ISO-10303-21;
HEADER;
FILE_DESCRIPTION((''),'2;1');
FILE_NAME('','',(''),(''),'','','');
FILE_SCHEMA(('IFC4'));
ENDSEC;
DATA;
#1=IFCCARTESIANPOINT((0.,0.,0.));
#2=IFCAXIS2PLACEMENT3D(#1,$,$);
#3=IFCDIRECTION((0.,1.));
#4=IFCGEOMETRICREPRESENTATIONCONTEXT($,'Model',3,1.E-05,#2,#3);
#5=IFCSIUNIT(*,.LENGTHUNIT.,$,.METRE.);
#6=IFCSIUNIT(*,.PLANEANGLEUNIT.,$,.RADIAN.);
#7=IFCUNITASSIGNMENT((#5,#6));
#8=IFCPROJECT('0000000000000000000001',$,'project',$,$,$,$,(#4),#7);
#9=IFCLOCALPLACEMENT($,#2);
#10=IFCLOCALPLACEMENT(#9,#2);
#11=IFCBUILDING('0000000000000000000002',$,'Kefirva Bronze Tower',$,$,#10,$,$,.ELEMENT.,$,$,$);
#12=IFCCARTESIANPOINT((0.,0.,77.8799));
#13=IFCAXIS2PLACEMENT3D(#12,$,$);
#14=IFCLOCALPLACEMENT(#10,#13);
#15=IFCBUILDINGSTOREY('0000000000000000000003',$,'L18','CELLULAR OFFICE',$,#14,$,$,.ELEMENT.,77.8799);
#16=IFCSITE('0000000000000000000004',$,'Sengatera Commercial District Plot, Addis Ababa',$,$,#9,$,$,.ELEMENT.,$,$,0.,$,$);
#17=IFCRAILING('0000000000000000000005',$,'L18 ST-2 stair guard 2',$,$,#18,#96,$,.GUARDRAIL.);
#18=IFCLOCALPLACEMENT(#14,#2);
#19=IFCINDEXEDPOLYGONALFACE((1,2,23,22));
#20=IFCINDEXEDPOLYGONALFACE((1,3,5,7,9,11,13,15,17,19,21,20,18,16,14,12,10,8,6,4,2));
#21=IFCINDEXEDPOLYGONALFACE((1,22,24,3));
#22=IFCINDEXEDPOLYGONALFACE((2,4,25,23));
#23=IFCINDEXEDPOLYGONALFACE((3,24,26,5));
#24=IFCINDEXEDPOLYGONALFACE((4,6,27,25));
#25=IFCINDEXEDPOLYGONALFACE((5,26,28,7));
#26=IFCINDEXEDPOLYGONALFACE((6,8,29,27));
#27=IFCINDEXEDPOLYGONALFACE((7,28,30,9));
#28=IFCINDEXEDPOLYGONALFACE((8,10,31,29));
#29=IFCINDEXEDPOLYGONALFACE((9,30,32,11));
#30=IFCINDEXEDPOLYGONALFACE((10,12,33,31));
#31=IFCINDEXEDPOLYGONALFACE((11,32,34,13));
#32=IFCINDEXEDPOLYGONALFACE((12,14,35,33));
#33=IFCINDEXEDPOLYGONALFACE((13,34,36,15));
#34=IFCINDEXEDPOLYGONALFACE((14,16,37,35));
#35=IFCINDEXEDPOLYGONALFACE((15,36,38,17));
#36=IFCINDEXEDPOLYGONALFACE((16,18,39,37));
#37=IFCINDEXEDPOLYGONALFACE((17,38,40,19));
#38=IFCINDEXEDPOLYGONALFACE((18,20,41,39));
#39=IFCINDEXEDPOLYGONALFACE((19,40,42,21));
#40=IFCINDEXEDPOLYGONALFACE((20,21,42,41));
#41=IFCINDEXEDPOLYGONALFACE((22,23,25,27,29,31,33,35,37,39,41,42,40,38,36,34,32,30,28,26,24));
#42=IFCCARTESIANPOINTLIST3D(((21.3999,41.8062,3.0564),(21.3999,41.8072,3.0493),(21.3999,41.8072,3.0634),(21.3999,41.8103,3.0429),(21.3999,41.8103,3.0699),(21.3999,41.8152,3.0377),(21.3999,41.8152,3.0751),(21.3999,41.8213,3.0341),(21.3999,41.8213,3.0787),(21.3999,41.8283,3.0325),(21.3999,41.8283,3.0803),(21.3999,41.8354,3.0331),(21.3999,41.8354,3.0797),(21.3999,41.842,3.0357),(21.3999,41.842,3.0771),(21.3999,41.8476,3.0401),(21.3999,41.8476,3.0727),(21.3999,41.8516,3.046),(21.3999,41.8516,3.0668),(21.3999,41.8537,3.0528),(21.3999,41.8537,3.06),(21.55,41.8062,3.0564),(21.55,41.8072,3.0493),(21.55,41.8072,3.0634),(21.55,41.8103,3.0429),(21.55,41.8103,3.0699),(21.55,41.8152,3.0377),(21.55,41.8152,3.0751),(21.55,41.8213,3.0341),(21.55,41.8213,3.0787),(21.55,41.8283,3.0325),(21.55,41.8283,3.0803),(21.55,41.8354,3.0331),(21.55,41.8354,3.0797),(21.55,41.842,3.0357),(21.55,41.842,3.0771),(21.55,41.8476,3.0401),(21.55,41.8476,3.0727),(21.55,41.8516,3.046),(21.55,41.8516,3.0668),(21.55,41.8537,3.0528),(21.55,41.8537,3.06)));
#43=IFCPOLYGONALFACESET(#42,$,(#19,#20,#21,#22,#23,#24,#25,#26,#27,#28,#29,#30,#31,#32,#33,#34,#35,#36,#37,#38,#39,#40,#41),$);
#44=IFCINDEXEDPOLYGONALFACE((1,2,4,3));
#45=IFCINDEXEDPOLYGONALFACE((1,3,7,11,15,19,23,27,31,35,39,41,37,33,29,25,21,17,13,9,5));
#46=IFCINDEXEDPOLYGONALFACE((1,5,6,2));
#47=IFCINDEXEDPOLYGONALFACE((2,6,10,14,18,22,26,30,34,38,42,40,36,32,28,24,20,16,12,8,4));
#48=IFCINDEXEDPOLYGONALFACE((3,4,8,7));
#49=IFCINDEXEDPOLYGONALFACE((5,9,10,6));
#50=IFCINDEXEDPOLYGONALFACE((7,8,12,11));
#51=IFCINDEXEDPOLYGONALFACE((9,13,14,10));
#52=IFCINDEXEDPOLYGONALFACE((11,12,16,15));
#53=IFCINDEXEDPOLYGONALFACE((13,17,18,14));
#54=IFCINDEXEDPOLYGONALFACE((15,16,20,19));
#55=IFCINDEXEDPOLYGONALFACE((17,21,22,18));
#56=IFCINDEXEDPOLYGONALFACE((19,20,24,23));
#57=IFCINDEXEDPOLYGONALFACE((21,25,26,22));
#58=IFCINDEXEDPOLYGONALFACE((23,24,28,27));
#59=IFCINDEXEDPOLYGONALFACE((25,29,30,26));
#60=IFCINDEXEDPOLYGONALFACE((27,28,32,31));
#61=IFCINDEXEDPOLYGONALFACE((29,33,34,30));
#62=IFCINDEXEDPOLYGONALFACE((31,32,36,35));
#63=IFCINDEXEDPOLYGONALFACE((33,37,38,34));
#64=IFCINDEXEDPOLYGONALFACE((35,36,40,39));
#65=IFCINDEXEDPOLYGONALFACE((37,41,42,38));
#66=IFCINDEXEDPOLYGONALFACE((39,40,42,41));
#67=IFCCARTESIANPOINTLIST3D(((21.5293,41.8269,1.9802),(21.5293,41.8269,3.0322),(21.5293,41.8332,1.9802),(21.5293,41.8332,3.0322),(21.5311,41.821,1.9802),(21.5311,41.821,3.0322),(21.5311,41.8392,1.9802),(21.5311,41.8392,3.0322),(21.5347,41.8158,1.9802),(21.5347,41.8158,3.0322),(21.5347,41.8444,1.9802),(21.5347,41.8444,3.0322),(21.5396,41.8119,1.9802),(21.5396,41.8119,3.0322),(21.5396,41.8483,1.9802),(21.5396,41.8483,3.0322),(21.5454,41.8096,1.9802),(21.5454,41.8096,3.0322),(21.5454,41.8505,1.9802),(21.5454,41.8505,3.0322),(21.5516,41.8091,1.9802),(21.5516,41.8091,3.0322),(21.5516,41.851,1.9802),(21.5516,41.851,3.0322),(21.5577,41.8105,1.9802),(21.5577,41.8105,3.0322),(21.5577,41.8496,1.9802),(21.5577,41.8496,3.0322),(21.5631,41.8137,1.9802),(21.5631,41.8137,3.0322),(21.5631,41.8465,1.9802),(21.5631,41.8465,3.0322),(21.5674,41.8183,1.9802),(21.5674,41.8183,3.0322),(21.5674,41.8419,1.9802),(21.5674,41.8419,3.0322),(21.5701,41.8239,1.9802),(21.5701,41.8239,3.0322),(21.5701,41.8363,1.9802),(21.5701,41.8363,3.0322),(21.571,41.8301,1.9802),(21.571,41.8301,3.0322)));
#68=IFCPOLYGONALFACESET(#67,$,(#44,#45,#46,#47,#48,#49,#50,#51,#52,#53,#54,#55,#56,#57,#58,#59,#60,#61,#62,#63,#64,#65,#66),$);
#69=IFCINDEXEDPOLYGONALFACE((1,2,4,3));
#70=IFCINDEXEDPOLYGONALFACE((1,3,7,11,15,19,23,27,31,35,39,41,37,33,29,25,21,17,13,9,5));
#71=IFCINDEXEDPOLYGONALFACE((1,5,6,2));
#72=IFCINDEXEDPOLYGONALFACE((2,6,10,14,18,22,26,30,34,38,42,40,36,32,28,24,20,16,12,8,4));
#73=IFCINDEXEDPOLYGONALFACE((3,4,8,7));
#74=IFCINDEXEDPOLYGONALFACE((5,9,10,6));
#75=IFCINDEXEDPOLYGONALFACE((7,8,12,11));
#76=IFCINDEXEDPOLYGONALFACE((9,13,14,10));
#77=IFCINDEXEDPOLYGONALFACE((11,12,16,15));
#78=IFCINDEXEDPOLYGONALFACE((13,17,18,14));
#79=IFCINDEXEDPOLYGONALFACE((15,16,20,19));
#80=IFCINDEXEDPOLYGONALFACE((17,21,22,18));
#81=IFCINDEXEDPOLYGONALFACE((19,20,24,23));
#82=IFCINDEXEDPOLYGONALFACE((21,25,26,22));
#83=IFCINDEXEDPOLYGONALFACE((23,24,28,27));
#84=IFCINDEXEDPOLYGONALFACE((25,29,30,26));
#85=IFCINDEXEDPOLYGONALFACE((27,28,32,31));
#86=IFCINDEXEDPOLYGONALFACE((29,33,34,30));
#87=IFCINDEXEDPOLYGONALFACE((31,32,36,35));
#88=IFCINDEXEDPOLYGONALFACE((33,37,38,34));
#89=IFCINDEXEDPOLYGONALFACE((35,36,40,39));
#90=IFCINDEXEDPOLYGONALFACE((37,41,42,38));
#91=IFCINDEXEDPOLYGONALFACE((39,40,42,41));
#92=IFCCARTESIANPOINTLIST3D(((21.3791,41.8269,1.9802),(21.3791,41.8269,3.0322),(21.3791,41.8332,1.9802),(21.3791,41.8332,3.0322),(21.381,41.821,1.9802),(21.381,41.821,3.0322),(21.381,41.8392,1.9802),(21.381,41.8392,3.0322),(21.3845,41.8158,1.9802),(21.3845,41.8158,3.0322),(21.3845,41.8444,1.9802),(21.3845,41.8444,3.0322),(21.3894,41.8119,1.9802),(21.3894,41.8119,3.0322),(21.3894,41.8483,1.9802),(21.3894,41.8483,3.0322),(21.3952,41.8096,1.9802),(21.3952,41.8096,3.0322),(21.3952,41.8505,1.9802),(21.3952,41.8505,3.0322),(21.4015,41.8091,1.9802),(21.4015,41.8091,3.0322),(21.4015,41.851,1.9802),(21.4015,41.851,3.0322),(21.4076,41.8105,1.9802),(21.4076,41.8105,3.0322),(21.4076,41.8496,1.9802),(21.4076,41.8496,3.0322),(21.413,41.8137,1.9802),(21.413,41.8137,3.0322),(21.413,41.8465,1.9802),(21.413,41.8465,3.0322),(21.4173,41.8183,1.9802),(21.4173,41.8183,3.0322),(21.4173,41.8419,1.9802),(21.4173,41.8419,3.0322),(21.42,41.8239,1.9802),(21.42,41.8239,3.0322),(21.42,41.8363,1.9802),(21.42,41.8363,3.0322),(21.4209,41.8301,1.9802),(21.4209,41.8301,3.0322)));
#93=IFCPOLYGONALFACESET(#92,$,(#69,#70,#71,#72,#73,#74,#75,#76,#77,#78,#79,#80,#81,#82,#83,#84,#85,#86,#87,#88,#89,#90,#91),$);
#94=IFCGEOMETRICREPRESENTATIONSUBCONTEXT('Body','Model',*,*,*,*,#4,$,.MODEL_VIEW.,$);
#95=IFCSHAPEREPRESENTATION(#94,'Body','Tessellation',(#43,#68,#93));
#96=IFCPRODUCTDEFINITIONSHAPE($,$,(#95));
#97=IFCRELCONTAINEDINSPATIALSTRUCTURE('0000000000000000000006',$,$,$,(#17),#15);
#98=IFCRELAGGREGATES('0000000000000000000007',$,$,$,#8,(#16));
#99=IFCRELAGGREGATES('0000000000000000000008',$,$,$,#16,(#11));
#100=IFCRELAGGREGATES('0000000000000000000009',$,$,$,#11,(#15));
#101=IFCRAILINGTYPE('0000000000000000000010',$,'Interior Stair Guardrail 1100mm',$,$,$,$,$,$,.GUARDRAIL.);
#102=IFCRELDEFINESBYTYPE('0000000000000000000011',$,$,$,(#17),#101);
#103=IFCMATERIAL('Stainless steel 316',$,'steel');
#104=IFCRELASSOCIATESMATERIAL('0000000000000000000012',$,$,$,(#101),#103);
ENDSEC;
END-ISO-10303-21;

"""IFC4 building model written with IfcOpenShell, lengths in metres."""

from ifc_helpers import new_model, si_unit, direction, frame, origin, origin_2d, place, context, subcontext, project, spatial, circle, extrude, material, type_object, element, save


model = new_model("IFC4")

# Units and contexts
model_context = context("Model", 3, precision=1e-05, world=origin(), true_north=direction((0.0, 1.0)))
body_context = subcontext(model_context, "Body", "Model", "MODEL_VIEW")
ifc_project = project(units=[si_unit("LENGTHUNIT", "METRE"), si_unit("PLANEANGLEUNIT", "RADIAN")], contexts=[model_context])

# Site, building, storey
site_placement = place(None, origin())
site = spatial("IfcSite", under=ifc_project, at=site_placement, Name="Sengatera Commercial District Plot, Addis Ababa", CompositionType="ELEMENT", RefElevation=0.0)
building_placement = place(site_placement, origin())
building = spatial("IfcBuilding", under=site, at=building_placement, Name="Kefirva Bronze Tower", CompositionType="ELEMENT")
storey_placement = place(building_placement, frame((0.0, 0.0, 77.8799)))
storey = spatial("IfcBuildingStorey", under=building, at=storey_placement, Name="L18", Description="CELLULAR OFFICE", CompositionType="ELEMENT", Elevation=77.8799)

# Railing
ifc_material_1 = material(Name="Stainless steel 316", Category="steel")
railing_type_1 = type_object("IfcRailingType", Name="Interior Stair Guardrail 1100mm", PredefinedType="GUARDRAIL", material=ifc_material_1)
railing_1_placement = place(storey_placement, frame((21.55, 41.8301, 1.9802)))
element("IfcRailing", 1, at=railing_1_placement, inside=storey, type_object=railing_type_1, Name="L18 ST-2 stair guard 2", PredefinedType="GUARDRAIL", context=body_context, shape_type="SweptSolid", body=[
    extrude(circle(Radius=0.0239, at=origin_2d()), frame((0.0, 0.0, 1.0762), z_axis=(-1.0, 0.0, 0.0), x_axis=(0.0, -1.0, 0.0)), (0.0, 0.0, 1.0), 0.1501),
    extrude(circle(Radius=0.021, at=origin_2d()), origin(), (0.0, 0.0, 1.0), 1.052),
    extrude(circle(Radius=0.021, at=origin_2d()), frame((-0.1501, 0.0, 0.0)), (0.0, 0.0, 1.0), 1.052),
])

save(model, "model.ifc")
